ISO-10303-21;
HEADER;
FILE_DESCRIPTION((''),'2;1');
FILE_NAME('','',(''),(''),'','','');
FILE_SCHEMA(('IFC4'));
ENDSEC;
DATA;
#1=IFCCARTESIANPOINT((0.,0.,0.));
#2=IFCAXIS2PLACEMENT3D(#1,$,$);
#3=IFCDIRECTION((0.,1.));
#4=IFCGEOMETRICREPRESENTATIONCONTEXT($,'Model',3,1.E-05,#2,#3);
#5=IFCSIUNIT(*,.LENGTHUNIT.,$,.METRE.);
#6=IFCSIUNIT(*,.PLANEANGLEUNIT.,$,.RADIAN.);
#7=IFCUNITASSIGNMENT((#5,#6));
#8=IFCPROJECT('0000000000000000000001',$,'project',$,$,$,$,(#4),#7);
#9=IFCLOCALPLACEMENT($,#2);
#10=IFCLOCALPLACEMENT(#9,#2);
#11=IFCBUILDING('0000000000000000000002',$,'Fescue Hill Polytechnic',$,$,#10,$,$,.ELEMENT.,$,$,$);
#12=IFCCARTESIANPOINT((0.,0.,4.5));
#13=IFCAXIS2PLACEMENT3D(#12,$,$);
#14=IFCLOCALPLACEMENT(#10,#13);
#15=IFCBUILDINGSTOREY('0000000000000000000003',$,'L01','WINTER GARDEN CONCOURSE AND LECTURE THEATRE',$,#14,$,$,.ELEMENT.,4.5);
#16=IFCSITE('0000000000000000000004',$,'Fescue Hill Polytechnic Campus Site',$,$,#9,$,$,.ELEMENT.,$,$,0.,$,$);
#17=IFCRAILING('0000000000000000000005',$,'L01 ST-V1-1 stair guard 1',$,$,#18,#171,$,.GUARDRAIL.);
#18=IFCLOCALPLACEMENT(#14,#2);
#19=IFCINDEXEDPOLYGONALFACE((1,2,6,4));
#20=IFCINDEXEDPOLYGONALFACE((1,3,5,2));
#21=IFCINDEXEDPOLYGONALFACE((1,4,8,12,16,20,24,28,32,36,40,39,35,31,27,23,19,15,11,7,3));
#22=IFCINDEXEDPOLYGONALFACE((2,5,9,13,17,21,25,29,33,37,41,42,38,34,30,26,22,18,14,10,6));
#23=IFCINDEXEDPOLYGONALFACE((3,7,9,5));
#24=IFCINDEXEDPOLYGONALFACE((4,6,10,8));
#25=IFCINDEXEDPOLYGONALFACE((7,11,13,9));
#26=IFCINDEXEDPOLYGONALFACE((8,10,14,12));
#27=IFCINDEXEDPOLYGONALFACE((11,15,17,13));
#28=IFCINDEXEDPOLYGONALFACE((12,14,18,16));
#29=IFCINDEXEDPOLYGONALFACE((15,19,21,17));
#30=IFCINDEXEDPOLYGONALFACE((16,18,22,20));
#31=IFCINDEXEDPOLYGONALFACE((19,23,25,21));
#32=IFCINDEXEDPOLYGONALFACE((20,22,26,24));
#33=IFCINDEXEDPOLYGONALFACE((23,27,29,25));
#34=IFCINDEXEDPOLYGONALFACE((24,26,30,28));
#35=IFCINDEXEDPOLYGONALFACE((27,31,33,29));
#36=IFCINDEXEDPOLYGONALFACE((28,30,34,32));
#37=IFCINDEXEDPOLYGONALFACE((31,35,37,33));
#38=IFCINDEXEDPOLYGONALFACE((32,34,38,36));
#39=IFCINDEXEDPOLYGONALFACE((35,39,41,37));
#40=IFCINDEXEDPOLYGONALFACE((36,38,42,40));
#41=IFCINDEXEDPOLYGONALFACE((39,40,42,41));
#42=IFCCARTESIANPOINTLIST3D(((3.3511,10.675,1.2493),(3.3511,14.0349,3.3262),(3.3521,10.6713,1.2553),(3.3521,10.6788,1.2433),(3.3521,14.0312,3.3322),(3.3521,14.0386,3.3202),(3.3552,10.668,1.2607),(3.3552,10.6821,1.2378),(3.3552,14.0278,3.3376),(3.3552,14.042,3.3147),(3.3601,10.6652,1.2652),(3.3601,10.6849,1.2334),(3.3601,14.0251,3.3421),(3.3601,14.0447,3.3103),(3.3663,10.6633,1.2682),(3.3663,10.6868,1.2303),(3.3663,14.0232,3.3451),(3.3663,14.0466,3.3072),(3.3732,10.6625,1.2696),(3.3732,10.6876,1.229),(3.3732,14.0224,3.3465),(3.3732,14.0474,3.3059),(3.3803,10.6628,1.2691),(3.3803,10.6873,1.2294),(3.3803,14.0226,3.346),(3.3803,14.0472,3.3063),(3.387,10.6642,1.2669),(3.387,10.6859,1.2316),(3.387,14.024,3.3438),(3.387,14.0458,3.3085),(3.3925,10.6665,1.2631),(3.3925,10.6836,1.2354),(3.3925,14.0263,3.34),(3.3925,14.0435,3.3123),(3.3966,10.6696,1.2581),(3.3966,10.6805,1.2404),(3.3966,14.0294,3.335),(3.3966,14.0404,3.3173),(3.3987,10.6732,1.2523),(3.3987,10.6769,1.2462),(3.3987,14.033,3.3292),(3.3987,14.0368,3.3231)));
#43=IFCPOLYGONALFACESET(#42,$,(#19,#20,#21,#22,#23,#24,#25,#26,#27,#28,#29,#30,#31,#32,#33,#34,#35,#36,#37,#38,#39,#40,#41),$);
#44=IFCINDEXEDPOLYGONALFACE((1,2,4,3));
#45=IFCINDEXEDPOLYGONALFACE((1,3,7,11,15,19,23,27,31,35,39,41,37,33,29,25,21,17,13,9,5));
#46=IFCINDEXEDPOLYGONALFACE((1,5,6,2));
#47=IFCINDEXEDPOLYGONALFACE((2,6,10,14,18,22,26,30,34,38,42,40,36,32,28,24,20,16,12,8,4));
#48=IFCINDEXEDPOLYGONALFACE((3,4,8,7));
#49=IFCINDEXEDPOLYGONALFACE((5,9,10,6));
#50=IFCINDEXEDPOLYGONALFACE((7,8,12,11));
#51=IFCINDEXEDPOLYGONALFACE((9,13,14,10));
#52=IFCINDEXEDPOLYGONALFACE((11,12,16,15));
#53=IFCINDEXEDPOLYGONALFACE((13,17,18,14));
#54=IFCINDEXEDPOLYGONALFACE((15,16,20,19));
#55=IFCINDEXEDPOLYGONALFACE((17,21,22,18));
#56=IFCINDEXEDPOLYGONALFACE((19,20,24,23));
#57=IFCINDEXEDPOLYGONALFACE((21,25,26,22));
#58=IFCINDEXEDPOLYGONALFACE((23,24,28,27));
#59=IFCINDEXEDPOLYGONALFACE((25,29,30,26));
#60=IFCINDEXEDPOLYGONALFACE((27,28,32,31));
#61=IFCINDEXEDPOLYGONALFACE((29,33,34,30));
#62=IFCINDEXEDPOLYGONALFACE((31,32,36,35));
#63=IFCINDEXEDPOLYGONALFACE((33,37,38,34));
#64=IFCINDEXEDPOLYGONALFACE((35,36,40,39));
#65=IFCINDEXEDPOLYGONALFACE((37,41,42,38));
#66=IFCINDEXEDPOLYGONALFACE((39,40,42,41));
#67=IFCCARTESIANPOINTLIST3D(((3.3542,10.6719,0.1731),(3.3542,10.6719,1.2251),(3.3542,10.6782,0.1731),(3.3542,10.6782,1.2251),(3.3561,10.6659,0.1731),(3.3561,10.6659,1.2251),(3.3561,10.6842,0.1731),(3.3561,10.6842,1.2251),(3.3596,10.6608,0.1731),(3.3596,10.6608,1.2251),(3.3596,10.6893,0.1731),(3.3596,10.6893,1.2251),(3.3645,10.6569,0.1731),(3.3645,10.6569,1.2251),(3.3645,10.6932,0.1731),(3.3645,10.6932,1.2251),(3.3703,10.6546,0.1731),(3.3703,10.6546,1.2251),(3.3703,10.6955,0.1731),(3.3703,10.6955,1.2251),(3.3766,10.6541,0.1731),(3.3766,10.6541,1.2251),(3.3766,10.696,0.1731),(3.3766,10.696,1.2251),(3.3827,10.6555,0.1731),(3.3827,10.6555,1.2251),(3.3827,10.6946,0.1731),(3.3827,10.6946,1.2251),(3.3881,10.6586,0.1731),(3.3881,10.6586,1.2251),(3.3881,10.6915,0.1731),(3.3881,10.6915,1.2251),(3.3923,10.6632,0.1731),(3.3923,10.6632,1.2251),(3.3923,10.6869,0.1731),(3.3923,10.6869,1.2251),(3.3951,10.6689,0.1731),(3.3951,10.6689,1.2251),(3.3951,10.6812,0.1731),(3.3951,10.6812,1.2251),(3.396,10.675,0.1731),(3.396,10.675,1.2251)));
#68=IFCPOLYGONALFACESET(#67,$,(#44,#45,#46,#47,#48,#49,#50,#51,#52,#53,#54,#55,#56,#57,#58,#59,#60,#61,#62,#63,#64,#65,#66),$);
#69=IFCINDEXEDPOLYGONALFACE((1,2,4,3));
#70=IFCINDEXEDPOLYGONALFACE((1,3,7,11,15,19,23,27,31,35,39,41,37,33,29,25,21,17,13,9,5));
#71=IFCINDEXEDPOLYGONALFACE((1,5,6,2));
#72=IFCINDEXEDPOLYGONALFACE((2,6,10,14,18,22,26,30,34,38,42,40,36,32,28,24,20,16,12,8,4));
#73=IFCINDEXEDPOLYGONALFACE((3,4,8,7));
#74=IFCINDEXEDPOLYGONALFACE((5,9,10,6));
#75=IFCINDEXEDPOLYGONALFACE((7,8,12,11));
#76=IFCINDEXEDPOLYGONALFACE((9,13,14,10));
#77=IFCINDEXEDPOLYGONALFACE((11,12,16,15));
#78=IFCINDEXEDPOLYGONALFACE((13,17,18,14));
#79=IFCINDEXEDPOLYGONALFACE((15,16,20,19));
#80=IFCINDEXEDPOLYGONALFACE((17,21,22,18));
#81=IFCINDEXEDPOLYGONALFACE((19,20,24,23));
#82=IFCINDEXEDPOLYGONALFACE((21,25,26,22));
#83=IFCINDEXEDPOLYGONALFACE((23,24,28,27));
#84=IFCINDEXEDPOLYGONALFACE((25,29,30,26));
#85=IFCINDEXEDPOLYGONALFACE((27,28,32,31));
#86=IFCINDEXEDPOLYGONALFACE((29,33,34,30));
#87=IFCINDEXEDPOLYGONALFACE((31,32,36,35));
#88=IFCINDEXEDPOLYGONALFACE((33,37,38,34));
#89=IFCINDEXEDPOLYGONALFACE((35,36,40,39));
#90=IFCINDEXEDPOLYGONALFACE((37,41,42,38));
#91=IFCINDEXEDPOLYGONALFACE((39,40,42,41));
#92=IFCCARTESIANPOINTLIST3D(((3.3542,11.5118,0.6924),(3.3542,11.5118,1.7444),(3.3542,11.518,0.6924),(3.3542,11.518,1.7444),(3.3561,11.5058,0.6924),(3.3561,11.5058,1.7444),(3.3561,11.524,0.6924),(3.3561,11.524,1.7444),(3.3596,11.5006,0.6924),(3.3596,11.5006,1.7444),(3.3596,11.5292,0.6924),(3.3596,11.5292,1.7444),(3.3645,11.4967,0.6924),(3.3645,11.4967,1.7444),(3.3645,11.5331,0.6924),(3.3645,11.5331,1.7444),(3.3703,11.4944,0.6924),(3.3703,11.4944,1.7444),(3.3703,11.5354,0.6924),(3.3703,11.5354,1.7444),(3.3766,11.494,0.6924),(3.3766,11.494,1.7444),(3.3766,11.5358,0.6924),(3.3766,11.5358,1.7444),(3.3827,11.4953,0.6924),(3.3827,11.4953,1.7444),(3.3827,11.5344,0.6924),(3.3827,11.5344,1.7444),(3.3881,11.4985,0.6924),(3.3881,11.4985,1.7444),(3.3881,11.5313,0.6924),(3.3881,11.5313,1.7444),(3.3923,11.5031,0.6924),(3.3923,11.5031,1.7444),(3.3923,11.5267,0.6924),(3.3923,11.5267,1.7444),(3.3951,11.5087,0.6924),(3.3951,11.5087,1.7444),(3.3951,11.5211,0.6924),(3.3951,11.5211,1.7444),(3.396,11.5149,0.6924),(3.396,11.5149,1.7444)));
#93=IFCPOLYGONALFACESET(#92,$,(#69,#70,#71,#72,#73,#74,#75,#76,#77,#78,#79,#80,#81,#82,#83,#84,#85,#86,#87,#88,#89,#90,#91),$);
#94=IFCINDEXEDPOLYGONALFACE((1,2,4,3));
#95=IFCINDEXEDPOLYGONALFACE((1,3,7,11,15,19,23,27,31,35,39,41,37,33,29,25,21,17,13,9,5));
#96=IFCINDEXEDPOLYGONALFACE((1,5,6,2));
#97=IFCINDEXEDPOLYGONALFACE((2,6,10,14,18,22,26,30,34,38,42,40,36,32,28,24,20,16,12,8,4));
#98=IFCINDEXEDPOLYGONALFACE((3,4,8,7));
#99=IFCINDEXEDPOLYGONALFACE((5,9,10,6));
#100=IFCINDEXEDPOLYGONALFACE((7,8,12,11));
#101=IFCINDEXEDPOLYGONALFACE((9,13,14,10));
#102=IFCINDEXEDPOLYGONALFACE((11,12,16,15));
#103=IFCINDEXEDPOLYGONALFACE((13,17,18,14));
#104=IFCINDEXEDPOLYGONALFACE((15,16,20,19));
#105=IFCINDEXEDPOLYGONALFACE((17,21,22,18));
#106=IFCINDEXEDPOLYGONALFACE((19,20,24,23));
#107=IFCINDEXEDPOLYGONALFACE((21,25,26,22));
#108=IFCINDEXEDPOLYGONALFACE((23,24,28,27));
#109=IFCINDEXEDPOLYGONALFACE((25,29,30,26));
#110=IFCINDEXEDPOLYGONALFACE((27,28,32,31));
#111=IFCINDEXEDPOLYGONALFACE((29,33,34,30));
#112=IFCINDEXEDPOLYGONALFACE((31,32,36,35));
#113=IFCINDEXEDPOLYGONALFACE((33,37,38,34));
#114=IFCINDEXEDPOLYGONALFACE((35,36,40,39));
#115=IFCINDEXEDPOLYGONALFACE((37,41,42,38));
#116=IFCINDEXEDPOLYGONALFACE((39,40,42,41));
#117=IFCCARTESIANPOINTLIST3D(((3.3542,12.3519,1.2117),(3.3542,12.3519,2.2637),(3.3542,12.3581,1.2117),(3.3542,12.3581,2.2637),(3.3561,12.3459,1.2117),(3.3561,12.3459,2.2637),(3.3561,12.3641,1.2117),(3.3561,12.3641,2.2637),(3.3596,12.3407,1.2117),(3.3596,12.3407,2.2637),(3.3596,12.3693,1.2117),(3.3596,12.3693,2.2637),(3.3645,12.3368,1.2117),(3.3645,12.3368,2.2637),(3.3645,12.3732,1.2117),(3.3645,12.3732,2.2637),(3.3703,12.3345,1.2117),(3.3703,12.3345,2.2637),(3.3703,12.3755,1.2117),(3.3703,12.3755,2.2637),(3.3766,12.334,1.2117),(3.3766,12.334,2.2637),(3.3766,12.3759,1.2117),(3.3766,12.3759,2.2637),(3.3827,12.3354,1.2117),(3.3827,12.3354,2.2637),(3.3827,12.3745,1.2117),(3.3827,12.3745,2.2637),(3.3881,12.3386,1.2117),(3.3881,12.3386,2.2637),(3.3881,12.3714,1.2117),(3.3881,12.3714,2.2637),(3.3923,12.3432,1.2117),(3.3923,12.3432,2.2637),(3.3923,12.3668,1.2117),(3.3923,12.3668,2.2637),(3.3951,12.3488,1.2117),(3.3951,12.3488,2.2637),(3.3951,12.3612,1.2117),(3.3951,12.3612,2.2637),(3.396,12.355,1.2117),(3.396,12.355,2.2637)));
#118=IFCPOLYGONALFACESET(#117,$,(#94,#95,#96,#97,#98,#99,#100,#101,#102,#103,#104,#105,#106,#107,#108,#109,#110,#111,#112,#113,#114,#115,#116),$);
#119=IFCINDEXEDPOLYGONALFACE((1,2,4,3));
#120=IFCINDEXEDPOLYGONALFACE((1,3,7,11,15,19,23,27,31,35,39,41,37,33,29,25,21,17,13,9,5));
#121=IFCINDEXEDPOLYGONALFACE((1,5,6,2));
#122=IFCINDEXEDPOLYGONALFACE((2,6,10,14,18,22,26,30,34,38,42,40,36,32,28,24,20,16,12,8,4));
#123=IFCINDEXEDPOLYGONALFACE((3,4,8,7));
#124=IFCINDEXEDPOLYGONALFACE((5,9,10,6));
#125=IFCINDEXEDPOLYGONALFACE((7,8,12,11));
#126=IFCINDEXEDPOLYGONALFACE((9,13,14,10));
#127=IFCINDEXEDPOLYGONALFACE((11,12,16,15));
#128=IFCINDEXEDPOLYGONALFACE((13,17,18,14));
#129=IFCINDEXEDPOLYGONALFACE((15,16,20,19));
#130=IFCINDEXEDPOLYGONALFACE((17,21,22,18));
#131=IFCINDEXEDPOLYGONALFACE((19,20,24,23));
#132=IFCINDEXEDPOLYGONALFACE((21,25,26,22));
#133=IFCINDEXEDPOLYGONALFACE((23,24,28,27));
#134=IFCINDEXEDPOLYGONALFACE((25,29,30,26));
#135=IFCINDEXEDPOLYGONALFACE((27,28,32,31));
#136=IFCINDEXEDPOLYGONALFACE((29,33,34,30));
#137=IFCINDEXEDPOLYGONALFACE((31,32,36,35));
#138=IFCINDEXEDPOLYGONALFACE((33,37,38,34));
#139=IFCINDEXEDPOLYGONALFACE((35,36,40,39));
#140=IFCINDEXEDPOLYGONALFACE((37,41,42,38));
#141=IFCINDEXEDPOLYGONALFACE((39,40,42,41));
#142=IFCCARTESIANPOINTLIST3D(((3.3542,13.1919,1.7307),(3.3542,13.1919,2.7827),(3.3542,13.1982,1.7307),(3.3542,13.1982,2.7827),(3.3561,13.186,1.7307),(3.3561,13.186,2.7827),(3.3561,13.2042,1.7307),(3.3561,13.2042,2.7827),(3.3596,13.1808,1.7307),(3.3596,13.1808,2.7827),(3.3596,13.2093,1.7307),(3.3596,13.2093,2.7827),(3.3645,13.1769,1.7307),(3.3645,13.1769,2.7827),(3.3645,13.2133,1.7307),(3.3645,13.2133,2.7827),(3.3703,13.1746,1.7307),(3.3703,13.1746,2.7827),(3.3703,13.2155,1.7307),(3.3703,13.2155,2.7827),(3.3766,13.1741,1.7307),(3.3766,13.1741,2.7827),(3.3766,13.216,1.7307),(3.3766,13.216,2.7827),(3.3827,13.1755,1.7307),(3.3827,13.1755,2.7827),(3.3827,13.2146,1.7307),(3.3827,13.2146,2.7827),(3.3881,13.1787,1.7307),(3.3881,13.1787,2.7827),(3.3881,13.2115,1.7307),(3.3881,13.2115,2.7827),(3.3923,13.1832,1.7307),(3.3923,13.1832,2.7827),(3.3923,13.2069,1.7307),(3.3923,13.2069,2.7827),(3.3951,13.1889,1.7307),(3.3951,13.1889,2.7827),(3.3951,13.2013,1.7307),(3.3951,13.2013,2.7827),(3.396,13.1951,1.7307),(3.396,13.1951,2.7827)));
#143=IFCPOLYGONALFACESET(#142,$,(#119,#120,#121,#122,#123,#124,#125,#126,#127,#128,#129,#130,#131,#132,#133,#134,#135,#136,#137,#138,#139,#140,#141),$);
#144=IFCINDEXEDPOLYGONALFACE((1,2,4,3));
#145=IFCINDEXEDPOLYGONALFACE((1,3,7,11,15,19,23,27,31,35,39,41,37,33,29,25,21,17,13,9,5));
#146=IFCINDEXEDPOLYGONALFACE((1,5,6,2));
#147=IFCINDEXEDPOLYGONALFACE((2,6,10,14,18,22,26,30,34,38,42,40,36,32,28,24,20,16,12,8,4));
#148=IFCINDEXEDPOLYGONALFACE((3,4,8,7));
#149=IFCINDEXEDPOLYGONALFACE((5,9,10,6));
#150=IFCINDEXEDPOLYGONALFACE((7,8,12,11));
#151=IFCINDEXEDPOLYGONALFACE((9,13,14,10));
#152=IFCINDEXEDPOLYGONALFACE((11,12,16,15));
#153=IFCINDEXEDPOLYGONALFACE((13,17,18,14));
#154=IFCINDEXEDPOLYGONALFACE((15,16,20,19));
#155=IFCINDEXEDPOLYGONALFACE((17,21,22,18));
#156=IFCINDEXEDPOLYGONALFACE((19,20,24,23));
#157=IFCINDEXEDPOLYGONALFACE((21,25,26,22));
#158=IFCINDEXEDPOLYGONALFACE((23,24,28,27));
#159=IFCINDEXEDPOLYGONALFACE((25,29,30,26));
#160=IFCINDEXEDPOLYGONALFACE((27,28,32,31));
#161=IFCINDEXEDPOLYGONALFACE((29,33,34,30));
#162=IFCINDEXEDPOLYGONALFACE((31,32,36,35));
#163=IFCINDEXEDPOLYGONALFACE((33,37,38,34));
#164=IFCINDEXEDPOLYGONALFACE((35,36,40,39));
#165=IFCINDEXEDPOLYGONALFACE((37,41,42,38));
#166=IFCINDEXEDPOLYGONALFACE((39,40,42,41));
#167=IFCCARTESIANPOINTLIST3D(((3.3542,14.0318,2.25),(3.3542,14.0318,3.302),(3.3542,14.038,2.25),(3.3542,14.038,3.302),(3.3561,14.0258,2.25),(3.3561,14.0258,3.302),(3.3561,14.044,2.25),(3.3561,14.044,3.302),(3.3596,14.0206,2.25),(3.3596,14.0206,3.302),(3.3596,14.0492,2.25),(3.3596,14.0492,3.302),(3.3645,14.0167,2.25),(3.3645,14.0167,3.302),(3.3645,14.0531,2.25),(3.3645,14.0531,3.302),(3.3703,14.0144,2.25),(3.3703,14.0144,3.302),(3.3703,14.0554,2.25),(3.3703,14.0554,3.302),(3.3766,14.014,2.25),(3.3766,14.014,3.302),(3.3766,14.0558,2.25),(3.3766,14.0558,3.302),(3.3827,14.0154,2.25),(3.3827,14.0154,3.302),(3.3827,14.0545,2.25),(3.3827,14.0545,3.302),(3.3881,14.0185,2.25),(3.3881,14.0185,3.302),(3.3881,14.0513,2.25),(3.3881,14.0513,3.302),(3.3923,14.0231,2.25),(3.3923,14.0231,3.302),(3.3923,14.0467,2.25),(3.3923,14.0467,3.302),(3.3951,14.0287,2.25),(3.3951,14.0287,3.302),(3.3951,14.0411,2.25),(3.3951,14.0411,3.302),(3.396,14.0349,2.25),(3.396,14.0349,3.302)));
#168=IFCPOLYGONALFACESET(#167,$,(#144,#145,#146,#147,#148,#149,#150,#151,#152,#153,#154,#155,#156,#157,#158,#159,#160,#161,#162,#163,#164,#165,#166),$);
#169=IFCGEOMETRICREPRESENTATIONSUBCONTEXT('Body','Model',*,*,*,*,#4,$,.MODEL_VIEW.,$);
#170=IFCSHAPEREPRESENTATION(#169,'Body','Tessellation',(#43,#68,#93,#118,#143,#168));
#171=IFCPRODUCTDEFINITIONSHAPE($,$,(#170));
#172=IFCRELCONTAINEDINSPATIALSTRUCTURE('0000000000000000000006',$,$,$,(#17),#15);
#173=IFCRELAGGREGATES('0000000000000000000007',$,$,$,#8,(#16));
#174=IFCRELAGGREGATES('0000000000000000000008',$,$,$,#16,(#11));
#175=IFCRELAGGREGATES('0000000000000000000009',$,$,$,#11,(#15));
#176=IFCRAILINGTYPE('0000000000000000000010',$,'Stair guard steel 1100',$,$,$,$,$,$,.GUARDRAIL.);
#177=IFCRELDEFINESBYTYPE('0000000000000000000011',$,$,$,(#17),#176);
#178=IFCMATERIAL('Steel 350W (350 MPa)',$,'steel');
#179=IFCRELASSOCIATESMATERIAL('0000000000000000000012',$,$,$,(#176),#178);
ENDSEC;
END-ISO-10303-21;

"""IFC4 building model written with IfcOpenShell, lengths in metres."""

from ifc_helpers import new_model, si_unit, direction, frame, origin, origin_2d, place, context, subcontext, project, spatial, circle, extrude, material, type_object, element, save


model = new_model("IFC4")

# Units and contexts
model_context = context("Model", 3, precision=1e-05, world=origin(), true_north=direction((0.0, 1.0)))
body_context = subcontext(model_context, "Body", "Model", "MODEL_VIEW")
ifc_project = project(units=[si_unit("LENGTHUNIT", "METRE"), si_unit("PLANEANGLEUNIT", "RADIAN")], contexts=[model_context])

# Site, building, storey
site_placement = place(None, origin())
site = spatial("IfcSite", under=ifc_project, at=site_placement, Name="Fescue Hill Polytechnic Campus Site", CompositionType="ELEMENT", RefElevation=0.0)
building_placement = place(site_placement, origin())
building = spatial("IfcBuilding", under=site, at=building_placement, Name="Fescue Hill Polytechnic", CompositionType="ELEMENT")
storey_placement = place(building_placement, frame((0.0, 0.0, 4.5)))
storey = spatial("IfcBuildingStorey", under=building, at=storey_placement, Name="L01", Description="WINTER GARDEN CONCOURSE AND LECTURE THEATRE", CompositionType="ELEMENT", Elevation=4.5)

# Shared definitions
ifc_material_1 = material(Name="Steel 350W (350 MPa)", Category="steel")

# Railing
railing_type_1 = type_object("IfcRailingType", Name="Stair guard steel 1100", PredefinedType="GUARDRAIL", material=ifc_material_1)
railing_1_placement = place(storey_placement, frame((3.375, 10.675, 0.1731)))
element("IfcRailing", 1, at=railing_1_placement, inside=storey, type_object=railing_type_1, Name="L01 ST-V1-1 stair guard 1", PredefinedType="GUARDRAIL", context=body_context, shape_type="SweptSolid", body=[
    extrude(circle(Radius=0.0239, at=origin_2d()), frame((0.0, 0.0, 1.0762), z_axis=(0.0, 0.850606, 0.525803), x_axis=(-1.0, 0.0, 0.0)), (0.0, 0.0, 1.0), 3.95),
    extrude(circle(Radius=0.021, at=origin_2d()), origin(), (0.0, 0.0, 1.0), 1.052),
    extrude(circle(Radius=0.021, at=origin_2d()), frame((0.0, 0.8398, 0.5193)), (0.0, 0.0, 1.0), 1.052),
    extrude(circle(Radius=0.021, at=origin_2d()), frame((0.0, 1.6799, 1.0386)), (0.0, 0.0, 1.0), 1.052),
    extrude(circle(Radius=0.021, at=origin_2d()), frame((0.0, 2.52, 1.5576)), (0.0, 0.0, 1.0), 1.052),
    extrude(circle(Radius=0.021, at=origin_2d()), frame((0.0, 3.3599, 2.0769)), (0.0, 0.0, 1.0), 1.052),
])

save(model, "model.ifc")
